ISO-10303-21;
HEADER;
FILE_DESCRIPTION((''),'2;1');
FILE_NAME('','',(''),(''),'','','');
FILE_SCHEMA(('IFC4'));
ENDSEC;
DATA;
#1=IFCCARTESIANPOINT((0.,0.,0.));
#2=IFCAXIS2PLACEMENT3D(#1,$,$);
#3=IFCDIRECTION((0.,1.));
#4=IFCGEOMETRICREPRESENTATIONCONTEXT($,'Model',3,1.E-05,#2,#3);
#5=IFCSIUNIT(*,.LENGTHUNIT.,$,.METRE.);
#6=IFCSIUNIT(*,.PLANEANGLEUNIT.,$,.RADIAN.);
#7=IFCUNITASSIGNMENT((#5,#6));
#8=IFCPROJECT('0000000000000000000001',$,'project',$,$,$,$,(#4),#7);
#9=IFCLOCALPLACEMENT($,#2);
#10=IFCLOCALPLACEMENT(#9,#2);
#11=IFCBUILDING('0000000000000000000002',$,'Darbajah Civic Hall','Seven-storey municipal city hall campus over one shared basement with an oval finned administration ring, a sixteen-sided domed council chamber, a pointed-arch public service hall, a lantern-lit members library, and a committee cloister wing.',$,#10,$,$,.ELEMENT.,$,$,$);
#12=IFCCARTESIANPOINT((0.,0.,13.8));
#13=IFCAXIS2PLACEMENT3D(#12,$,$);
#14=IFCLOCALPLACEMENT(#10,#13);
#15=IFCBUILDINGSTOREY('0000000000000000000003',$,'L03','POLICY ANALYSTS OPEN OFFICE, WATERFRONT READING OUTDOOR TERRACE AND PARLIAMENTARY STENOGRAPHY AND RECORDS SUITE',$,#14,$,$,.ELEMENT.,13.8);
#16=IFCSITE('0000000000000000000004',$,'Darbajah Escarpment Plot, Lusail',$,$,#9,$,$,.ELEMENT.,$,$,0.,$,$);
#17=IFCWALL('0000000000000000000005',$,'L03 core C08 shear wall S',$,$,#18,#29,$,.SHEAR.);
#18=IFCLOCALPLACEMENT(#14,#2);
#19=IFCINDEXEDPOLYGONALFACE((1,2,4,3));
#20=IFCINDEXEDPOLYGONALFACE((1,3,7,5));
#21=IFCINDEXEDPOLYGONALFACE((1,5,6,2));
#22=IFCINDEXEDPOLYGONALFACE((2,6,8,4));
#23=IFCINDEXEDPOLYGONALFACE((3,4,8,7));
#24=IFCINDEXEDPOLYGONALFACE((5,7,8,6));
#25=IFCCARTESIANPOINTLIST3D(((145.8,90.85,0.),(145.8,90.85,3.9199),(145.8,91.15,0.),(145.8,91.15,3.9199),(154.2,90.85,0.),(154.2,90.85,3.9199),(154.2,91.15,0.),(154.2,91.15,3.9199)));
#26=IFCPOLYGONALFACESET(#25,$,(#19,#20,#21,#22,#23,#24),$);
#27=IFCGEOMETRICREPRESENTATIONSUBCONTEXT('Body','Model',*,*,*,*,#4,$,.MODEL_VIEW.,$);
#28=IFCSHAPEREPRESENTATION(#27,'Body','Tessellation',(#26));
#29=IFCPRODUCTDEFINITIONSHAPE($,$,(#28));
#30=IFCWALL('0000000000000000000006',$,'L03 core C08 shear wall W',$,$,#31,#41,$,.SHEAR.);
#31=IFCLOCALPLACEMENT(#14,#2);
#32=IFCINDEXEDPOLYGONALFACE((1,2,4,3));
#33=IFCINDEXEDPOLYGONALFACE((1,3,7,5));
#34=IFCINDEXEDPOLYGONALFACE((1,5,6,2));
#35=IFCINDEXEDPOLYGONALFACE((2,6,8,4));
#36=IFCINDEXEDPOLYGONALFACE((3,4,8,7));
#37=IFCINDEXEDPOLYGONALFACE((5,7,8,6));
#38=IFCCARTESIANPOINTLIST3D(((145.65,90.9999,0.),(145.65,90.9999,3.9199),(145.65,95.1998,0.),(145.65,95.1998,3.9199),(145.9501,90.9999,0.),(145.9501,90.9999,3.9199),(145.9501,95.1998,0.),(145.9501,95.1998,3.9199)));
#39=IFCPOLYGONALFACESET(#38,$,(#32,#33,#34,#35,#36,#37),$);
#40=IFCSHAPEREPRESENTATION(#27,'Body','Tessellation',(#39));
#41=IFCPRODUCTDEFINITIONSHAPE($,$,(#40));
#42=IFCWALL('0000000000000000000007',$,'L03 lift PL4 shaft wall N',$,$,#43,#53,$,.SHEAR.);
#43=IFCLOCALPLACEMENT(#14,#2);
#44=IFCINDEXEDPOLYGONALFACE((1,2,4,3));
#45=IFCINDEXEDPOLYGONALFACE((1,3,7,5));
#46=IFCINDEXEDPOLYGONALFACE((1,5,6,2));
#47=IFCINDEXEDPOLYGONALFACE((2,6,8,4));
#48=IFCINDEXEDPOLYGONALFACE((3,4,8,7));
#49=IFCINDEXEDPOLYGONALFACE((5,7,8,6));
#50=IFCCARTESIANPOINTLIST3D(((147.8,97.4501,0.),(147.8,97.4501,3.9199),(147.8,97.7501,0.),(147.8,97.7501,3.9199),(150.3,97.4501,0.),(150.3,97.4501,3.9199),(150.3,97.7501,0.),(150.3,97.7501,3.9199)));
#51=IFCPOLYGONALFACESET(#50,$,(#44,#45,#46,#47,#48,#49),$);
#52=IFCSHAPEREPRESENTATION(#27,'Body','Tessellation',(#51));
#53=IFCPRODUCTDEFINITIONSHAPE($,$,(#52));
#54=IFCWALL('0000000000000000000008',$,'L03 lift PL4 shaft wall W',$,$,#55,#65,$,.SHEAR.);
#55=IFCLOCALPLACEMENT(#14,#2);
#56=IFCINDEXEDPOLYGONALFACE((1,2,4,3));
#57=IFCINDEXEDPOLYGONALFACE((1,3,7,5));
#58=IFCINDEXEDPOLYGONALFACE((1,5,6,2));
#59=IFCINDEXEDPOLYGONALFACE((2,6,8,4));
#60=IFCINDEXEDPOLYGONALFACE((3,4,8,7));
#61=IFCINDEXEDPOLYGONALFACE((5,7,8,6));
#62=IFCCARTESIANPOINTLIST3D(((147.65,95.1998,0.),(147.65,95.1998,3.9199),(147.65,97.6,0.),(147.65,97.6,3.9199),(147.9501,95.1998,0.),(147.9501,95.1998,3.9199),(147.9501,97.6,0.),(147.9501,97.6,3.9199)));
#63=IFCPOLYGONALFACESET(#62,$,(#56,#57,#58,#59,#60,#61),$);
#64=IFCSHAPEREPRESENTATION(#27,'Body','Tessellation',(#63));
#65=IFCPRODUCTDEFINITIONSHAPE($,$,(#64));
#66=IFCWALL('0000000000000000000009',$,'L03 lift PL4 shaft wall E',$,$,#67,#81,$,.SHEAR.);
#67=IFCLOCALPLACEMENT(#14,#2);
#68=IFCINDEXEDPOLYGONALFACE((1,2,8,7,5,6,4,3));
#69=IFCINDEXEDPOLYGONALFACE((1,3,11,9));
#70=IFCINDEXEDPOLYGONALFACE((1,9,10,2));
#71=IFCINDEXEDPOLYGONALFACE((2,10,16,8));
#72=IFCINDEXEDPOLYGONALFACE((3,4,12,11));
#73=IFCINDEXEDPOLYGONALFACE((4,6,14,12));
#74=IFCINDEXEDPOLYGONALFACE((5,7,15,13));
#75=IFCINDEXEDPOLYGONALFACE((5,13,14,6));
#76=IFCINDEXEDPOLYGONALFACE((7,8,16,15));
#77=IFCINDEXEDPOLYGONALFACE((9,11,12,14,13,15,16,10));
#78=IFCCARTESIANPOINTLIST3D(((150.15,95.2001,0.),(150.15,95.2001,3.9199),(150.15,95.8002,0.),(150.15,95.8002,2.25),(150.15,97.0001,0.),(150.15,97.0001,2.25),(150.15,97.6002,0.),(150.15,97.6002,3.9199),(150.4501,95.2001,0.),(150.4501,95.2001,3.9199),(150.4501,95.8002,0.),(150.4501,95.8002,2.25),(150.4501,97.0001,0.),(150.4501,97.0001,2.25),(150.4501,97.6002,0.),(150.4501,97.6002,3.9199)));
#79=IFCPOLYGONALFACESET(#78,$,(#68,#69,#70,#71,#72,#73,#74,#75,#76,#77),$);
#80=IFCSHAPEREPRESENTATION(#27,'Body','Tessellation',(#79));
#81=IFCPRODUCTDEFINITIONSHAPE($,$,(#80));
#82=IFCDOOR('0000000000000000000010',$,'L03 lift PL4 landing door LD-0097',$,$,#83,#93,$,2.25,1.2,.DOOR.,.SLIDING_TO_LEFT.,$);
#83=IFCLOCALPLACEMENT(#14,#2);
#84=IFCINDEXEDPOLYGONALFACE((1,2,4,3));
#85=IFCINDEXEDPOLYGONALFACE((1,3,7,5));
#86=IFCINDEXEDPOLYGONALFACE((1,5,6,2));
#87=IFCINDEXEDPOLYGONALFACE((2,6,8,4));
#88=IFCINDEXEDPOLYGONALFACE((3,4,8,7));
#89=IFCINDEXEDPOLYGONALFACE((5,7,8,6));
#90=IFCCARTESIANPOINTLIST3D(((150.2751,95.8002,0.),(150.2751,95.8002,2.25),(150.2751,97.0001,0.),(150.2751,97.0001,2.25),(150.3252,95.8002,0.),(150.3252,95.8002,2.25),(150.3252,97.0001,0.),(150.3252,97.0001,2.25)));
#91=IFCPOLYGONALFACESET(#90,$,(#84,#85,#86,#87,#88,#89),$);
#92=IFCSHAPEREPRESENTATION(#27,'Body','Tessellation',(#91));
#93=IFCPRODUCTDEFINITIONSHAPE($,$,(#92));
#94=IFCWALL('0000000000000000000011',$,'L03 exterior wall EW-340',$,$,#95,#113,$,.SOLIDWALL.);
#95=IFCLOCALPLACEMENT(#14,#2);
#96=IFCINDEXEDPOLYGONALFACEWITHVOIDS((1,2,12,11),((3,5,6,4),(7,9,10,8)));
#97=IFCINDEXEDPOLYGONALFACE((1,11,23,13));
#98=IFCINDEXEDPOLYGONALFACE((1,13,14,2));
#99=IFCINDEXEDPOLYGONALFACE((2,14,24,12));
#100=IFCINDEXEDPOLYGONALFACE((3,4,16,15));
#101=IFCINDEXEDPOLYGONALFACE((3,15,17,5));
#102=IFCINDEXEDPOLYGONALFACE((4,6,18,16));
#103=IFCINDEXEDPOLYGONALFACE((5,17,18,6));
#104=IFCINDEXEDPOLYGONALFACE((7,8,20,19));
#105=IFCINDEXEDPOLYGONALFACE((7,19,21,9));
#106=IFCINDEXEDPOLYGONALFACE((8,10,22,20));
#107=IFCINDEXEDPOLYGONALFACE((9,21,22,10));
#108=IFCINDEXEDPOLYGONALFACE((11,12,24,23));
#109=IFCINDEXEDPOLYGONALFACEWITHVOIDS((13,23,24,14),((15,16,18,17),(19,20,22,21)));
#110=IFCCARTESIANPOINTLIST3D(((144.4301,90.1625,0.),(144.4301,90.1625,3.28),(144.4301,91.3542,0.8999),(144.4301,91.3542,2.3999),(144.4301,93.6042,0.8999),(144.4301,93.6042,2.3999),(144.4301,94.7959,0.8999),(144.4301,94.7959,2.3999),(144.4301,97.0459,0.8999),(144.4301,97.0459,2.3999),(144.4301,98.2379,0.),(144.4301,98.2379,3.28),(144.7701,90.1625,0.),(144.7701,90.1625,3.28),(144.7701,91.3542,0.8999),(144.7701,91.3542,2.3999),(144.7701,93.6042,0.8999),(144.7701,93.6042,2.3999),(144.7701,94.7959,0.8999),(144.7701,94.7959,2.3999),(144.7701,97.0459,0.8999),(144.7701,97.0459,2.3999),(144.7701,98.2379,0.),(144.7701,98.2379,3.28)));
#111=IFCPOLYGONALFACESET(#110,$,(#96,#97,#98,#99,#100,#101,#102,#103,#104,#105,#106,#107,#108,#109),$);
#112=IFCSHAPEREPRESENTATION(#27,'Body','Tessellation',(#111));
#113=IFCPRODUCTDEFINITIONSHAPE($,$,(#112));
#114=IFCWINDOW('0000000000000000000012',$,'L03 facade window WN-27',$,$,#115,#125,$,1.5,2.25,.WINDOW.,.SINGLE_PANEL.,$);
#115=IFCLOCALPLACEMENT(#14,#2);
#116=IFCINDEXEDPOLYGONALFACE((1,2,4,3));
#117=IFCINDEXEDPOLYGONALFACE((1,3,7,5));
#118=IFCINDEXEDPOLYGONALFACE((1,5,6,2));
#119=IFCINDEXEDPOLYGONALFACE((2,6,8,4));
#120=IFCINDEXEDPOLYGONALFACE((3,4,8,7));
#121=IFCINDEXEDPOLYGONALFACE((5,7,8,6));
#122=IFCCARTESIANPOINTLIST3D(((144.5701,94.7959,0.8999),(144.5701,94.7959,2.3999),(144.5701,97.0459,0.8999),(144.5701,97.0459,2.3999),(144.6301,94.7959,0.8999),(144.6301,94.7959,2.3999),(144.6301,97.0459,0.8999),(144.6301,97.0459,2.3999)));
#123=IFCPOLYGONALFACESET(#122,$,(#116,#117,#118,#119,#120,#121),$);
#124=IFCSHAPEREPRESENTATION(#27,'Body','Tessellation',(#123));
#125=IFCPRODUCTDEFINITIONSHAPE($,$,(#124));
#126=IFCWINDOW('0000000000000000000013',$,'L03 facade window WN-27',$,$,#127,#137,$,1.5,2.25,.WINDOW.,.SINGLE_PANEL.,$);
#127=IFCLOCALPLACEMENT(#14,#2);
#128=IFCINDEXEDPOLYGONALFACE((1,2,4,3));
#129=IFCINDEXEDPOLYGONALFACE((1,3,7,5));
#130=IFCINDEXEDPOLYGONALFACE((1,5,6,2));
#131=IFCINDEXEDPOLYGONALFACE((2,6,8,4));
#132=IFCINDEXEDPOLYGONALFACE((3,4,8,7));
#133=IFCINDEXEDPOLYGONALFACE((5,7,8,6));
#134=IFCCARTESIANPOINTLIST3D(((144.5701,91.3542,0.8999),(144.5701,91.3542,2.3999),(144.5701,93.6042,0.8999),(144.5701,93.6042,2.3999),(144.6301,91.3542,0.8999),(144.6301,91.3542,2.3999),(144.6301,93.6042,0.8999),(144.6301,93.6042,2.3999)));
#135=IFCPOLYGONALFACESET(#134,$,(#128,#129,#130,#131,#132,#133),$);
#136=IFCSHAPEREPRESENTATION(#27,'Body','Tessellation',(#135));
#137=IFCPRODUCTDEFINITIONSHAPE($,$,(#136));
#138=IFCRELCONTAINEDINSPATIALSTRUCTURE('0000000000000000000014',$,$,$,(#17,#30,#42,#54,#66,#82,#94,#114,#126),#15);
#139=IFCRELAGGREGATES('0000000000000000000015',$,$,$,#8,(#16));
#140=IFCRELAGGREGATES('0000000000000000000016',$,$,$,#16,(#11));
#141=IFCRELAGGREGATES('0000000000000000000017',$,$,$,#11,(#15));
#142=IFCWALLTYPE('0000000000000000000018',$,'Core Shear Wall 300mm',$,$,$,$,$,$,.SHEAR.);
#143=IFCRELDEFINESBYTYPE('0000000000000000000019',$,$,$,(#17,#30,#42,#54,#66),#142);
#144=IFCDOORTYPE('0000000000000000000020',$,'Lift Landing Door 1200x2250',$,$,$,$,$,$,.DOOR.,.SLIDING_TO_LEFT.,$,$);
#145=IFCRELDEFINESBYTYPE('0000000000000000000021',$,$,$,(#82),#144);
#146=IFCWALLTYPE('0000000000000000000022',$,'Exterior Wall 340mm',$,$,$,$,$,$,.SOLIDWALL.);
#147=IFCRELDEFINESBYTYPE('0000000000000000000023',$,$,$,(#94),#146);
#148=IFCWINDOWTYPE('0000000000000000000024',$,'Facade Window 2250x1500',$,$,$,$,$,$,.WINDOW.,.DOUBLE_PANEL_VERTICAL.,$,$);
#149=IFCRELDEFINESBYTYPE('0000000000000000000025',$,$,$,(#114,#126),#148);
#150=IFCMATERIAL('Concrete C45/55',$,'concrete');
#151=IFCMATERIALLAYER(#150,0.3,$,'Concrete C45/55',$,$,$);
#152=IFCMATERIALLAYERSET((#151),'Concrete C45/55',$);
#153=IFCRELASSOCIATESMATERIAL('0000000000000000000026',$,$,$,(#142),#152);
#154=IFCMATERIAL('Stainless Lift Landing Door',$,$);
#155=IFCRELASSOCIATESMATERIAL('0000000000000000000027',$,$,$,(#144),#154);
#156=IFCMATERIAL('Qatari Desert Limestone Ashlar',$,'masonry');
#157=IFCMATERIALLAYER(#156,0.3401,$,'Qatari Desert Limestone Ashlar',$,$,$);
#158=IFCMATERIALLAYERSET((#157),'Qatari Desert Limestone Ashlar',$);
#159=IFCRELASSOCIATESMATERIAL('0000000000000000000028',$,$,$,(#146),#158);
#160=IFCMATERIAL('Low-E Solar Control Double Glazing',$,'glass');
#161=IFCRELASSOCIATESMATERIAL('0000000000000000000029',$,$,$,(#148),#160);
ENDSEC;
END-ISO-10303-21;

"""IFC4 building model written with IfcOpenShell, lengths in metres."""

from ifc_helpers import new_model, si_unit, direction, frame, frame_2d, origin, place, context, subcontext, project, spatial, rectangle, extrude, material, layer, layer_set, type_object, element, fill, save


model = new_model("IFC4")

# Units and contexts
model_context = context("Model", 3, precision=1e-05, world=origin(), true_north=direction((0.0, 1.0)))
body_context = subcontext(model_context, "Body", "Model", "MODEL_VIEW")
ifc_project = project(units=[si_unit("LENGTHUNIT", "METRE"), si_unit("PLANEANGLEUNIT", "RADIAN")], contexts=[model_context])

# Site, building, storey
site_placement = place(None, origin())
site = spatial("IfcSite", under=ifc_project, at=site_placement, Name="Darbajah Escarpment Plot, Lusail", CompositionType="ELEMENT", RefElevation=0.0)
building_placement = place(site_placement, origin())
building = spatial("IfcBuilding", under=site, at=building_placement, Name="Darbajah Civic Hall", Description="Seven-storey municipal city hall campus over one shared basement with an oval finned administration ring, a sixteen-sided domed council chamber, a pointed-arch public service hall, a lantern-lit members library, and a committee cloister wing.", CompositionType="ELEMENT")
storey_placement = place(building_placement, frame((0.0, 0.0, 13.8)))
storey = spatial("IfcBuildingStorey", under=building, at=storey_placement, Name="L03", Description="POLICY ANALYSTS OPEN OFFICE, WATERFRONT READING OUTDOOR TERRACE AND PARLIAMENTARY STENOGRAPHY AND RECORDS SUITE", CompositionType="ELEMENT", Elevation=13.8)

# Shared definitions
ifc_material_1 = material(Name="Concrete C45/55", Category="concrete")

# Walls
ifc_layer_1 = layer(ifc_material_1, 0.3, Name="Concrete C45/55")
ifc_layer_set_1 = layer_set([ifc_layer_1], Name="Concrete C45/55")
wall_type_1 = type_object("IfcWallType", Name="Core Shear Wall 300mm", PredefinedType="SHEAR", material=ifc_layer_set_1)
wall_1_placement = place(storey_placement, frame((145.8, 91.0, 0.0), z_axis=(0.0, 0.0, 1.0), x_axis=(1.0, 0.0, 0.0)))
element("IfcWall", 1, at=wall_1_placement, inside=storey, type_object=wall_type_1, Name="L03 core C08 shear wall S", PredefinedType="SHEAR", context=body_context, shape_type="SweptSolid", body=[
    extrude(rectangle(XDim=8.3999, YDim=0.3, at=frame_2d((4.2, 0.0))), origin(), (0.0, 0.0, 1.0), 3.9199),
])
wall_2_placement = place(storey_placement, frame((145.8, 95.2, 0.0), z_axis=(0.0, 0.0, 1.0), x_axis=(0.0, -1.0, 0.0)))
element("IfcWall", 2, at=wall_2_placement, inside=storey, type_object=wall_type_1, Name="L03 core C08 shear wall W", PredefinedType="SHEAR", context=body_context, shape_type="SweptSolid", body=[
    extrude(rectangle(XDim=4.2, YDim=0.3, at=frame_2d((2.1001, 0.0))), origin(), (0.0, 0.0, 1.0), 3.9199),
])
wall_3_placement = place(storey_placement, frame((150.3, 97.6001, 0.0), z_axis=(0.0, 0.0, 1.0), x_axis=(-1.0, 0.0, 0.0)))
element("IfcWall", 3, at=wall_3_placement, inside=storey, type_object=wall_type_1, Name="L03 lift PL4 shaft wall N", PredefinedType="SHEAR", context=body_context, shape_type="SweptSolid", body=[
    extrude(rectangle(XDim=2.5, YDim=0.3, at=frame_2d((1.25, 0.0))), origin(), (0.0, 0.0, 1.0), 3.9199),
])
wall_4_placement = place(storey_placement, frame((147.8, 97.6001, 0.0), z_axis=(0.0, 0.0, 1.0), x_axis=(0.0, -1.0, 0.0)))
element("IfcWall", 4, at=wall_4_placement, inside=storey, type_object=wall_type_1, Name="L03 lift PL4 shaft wall W", PredefinedType="SHEAR", context=body_context, shape_type="SweptSolid", body=[
    extrude(rectangle(XDim=2.4001, YDim=0.3, at=frame_2d((1.2002, 0.0))), origin(), (0.0, 0.0, 1.0), 3.9199),
])

# Wall, opening, door
wall_5_placement = place(storey_placement, frame((150.3, 95.2, 0.0), z_axis=(0.0, 0.0, 1.0), x_axis=(0.0, 1.0, 0.0)))
wall_5 = element("IfcWall", 5, at=wall_5_placement, inside=storey, type_object=wall_type_1, Name="L03 lift PL4 shaft wall E", PredefinedType="SHEAR", context=body_context, shape_type="SweptSolid", body=[
    extrude(rectangle(XDim=2.4001, YDim=0.3, at=frame_2d((1.2002, 0.0))), origin(), (0.0, 0.0, 1.0), 3.9199),
])
opening_1_placement = place(wall_5_placement, frame((0.6001, 0.0, 0.0)))
opening_1 = element("IfcOpeningElement", 6, at=opening_1_placement, cuts=wall_5, PredefinedType="OPENING", context=body_context, shape_type="SweptSolid", body=[
    extrude(rectangle(XDim=1.2, YDim=2.25, at=frame_2d((0.6001, 1.125))), frame((0.0, 0.1599, 0.0), z_axis=(0.0, -1.0, 0.0), x_axis=(1.0, 0.0, 0.0)), (0.0, 0.0, 1.0), 0.3201),
])
ifc_material_2 = material(Name="Stainless Lift Landing Door")
door_type = type_object("IfcDoorType", Name="Lift Landing Door 1200x2250", OperationType="SLIDING_TO_LEFT", PredefinedType="DOOR", material=ifc_material_2)
door_placement = place(opening_1_placement, origin())
door = element("IfcDoor", 7, at=door_placement, inside=storey, type_object=door_type, Name="L03 lift PL4 landing door LD-0097", OperationType="SLIDING_TO_LEFT", OverallHeight=2.25, OverallWidth=1.2, PredefinedType="DOOR", context=body_context, shape_type="SweptSolid", body=[
    extrude(rectangle(XDim=1.2, YDim=2.25, at=frame_2d((0.6001, 1.125))), frame((0.0, 0.0249, 0.0), z_axis=(0.0, -1.0, 0.0), x_axis=(1.0, 0.0, 0.0)), (0.0, 0.0, 1.0), 0.05),
])
fill(opening_1, door)

# Wall, openings, windows
ifc_material_3 = material(Name="Qatari Desert Limestone Ashlar", Category="masonry")
ifc_layer_2 = layer(ifc_material_3, 0.3401, Name="Qatari Desert Limestone Ashlar")
ifc_layer_set_2 = layer_set([ifc_layer_2], Name="Qatari Desert Limestone Ashlar")
wall_type_2 = type_object("IfcWallType", Name="Exterior Wall 340mm", PredefinedType="SOLIDWALL", material=ifc_layer_set_2)
wall_6_placement = place(storey_placement, frame((144.6001, 98.2378, 0.0), z_axis=(0.0, 0.0, 1.0), x_axis=(0.0, -1.0, 0.0)))
wall_6 = element("IfcWall", 8, at=wall_6_placement, inside=storey, type_object=wall_type_2, Name="L03 exterior wall EW-340", PredefinedType="SOLIDWALL", context=body_context, shape_type="SweptSolid", body=[
    extrude(rectangle(XDim=8.0754, YDim=0.3401, at=frame_2d((4.0376, 0.0))), origin(), (0.0, 0.0, 1.0), 3.28),
])
opening_2_placement = place(wall_6_placement, frame((1.1919, 0.0, 0.8999)))
opening_2 = element("IfcOpeningElement", 9, at=opening_2_placement, cuts=wall_6, PredefinedType="OPENING", context=body_context, shape_type="SweptSolid", body=[
    extrude(rectangle(XDim=2.25, YDim=1.5, at=frame_2d((1.125, 0.75))), frame((0.0, 0.1799, 0.0), z_axis=(0.0, -1.0, 0.0), x_axis=(1.0, 0.0, 0.0)), (0.0, 0.0, 1.0), 0.3601),
])
opening_3_placement = place(wall_6_placement, frame((4.6335, 0.0, 0.8999)))
opening_3 = element("IfcOpeningElement", 10, at=opening_3_placement, cuts=wall_6, PredefinedType="OPENING", context=body_context, shape_type="SweptSolid", body=[
    extrude(rectangle(XDim=2.25, YDim=1.5, at=frame_2d((1.125, 0.75))), frame((0.0, 0.1799, 0.0), z_axis=(0.0, -1.0, 0.0), x_axis=(1.0, 0.0, 0.0)), (0.0, 0.0, 1.0), 0.3601),
])
ifc_material_4 = material(Name="Low-E Solar Control Double Glazing", Category="glass")
window_type = type_object("IfcWindowType", Name="Facade Window 2250x1500", PartitioningType="DOUBLE_PANEL_VERTICAL", PredefinedType="WINDOW", material=ifc_material_4)
window_1_placement = place(opening_2_placement, origin())
window_1 = element("IfcWindow", 11, at=window_1_placement, inside=storey, type_object=window_type, Name="L03 facade window WN-27", OverallHeight=1.5, OverallWidth=2.25, PartitioningType="SINGLE_PANEL", PredefinedType="WINDOW", context=body_context, shape_type="SweptSolid", body=[
    extrude(rectangle(XDim=2.25, YDim=1.5, at=frame_2d((1.125, 0.75))), frame((0.0, 0.03, 0.0), z_axis=(0.0, -1.0, 0.0), x_axis=(1.0, 0.0, 0.0)), (0.0, 0.0, 1.0), 0.0601),
])
fill(opening_2, window_1)
window_2_placement = place(opening_3_placement, origin())
window_2 = element("IfcWindow", 12, at=window_2_placement, inside=storey, type_object=window_type, Name="L03 facade window WN-27", OverallHeight=1.5, OverallWidth=2.25, PartitioningType="SINGLE_PANEL", PredefinedType="WINDOW", context=body_context, shape_type="SweptSolid", body=[
    extrude(rectangle(XDim=2.25, YDim=1.5, at=frame_2d((1.125, 0.75))), frame((0.0, 0.03, 0.0), z_axis=(0.0, -1.0, 0.0), x_axis=(1.0, 0.0, 0.0)), (0.0, 0.0, 1.0), 0.0601),
])
fill(opening_3, window_2)

save(model, "model.ifc")
